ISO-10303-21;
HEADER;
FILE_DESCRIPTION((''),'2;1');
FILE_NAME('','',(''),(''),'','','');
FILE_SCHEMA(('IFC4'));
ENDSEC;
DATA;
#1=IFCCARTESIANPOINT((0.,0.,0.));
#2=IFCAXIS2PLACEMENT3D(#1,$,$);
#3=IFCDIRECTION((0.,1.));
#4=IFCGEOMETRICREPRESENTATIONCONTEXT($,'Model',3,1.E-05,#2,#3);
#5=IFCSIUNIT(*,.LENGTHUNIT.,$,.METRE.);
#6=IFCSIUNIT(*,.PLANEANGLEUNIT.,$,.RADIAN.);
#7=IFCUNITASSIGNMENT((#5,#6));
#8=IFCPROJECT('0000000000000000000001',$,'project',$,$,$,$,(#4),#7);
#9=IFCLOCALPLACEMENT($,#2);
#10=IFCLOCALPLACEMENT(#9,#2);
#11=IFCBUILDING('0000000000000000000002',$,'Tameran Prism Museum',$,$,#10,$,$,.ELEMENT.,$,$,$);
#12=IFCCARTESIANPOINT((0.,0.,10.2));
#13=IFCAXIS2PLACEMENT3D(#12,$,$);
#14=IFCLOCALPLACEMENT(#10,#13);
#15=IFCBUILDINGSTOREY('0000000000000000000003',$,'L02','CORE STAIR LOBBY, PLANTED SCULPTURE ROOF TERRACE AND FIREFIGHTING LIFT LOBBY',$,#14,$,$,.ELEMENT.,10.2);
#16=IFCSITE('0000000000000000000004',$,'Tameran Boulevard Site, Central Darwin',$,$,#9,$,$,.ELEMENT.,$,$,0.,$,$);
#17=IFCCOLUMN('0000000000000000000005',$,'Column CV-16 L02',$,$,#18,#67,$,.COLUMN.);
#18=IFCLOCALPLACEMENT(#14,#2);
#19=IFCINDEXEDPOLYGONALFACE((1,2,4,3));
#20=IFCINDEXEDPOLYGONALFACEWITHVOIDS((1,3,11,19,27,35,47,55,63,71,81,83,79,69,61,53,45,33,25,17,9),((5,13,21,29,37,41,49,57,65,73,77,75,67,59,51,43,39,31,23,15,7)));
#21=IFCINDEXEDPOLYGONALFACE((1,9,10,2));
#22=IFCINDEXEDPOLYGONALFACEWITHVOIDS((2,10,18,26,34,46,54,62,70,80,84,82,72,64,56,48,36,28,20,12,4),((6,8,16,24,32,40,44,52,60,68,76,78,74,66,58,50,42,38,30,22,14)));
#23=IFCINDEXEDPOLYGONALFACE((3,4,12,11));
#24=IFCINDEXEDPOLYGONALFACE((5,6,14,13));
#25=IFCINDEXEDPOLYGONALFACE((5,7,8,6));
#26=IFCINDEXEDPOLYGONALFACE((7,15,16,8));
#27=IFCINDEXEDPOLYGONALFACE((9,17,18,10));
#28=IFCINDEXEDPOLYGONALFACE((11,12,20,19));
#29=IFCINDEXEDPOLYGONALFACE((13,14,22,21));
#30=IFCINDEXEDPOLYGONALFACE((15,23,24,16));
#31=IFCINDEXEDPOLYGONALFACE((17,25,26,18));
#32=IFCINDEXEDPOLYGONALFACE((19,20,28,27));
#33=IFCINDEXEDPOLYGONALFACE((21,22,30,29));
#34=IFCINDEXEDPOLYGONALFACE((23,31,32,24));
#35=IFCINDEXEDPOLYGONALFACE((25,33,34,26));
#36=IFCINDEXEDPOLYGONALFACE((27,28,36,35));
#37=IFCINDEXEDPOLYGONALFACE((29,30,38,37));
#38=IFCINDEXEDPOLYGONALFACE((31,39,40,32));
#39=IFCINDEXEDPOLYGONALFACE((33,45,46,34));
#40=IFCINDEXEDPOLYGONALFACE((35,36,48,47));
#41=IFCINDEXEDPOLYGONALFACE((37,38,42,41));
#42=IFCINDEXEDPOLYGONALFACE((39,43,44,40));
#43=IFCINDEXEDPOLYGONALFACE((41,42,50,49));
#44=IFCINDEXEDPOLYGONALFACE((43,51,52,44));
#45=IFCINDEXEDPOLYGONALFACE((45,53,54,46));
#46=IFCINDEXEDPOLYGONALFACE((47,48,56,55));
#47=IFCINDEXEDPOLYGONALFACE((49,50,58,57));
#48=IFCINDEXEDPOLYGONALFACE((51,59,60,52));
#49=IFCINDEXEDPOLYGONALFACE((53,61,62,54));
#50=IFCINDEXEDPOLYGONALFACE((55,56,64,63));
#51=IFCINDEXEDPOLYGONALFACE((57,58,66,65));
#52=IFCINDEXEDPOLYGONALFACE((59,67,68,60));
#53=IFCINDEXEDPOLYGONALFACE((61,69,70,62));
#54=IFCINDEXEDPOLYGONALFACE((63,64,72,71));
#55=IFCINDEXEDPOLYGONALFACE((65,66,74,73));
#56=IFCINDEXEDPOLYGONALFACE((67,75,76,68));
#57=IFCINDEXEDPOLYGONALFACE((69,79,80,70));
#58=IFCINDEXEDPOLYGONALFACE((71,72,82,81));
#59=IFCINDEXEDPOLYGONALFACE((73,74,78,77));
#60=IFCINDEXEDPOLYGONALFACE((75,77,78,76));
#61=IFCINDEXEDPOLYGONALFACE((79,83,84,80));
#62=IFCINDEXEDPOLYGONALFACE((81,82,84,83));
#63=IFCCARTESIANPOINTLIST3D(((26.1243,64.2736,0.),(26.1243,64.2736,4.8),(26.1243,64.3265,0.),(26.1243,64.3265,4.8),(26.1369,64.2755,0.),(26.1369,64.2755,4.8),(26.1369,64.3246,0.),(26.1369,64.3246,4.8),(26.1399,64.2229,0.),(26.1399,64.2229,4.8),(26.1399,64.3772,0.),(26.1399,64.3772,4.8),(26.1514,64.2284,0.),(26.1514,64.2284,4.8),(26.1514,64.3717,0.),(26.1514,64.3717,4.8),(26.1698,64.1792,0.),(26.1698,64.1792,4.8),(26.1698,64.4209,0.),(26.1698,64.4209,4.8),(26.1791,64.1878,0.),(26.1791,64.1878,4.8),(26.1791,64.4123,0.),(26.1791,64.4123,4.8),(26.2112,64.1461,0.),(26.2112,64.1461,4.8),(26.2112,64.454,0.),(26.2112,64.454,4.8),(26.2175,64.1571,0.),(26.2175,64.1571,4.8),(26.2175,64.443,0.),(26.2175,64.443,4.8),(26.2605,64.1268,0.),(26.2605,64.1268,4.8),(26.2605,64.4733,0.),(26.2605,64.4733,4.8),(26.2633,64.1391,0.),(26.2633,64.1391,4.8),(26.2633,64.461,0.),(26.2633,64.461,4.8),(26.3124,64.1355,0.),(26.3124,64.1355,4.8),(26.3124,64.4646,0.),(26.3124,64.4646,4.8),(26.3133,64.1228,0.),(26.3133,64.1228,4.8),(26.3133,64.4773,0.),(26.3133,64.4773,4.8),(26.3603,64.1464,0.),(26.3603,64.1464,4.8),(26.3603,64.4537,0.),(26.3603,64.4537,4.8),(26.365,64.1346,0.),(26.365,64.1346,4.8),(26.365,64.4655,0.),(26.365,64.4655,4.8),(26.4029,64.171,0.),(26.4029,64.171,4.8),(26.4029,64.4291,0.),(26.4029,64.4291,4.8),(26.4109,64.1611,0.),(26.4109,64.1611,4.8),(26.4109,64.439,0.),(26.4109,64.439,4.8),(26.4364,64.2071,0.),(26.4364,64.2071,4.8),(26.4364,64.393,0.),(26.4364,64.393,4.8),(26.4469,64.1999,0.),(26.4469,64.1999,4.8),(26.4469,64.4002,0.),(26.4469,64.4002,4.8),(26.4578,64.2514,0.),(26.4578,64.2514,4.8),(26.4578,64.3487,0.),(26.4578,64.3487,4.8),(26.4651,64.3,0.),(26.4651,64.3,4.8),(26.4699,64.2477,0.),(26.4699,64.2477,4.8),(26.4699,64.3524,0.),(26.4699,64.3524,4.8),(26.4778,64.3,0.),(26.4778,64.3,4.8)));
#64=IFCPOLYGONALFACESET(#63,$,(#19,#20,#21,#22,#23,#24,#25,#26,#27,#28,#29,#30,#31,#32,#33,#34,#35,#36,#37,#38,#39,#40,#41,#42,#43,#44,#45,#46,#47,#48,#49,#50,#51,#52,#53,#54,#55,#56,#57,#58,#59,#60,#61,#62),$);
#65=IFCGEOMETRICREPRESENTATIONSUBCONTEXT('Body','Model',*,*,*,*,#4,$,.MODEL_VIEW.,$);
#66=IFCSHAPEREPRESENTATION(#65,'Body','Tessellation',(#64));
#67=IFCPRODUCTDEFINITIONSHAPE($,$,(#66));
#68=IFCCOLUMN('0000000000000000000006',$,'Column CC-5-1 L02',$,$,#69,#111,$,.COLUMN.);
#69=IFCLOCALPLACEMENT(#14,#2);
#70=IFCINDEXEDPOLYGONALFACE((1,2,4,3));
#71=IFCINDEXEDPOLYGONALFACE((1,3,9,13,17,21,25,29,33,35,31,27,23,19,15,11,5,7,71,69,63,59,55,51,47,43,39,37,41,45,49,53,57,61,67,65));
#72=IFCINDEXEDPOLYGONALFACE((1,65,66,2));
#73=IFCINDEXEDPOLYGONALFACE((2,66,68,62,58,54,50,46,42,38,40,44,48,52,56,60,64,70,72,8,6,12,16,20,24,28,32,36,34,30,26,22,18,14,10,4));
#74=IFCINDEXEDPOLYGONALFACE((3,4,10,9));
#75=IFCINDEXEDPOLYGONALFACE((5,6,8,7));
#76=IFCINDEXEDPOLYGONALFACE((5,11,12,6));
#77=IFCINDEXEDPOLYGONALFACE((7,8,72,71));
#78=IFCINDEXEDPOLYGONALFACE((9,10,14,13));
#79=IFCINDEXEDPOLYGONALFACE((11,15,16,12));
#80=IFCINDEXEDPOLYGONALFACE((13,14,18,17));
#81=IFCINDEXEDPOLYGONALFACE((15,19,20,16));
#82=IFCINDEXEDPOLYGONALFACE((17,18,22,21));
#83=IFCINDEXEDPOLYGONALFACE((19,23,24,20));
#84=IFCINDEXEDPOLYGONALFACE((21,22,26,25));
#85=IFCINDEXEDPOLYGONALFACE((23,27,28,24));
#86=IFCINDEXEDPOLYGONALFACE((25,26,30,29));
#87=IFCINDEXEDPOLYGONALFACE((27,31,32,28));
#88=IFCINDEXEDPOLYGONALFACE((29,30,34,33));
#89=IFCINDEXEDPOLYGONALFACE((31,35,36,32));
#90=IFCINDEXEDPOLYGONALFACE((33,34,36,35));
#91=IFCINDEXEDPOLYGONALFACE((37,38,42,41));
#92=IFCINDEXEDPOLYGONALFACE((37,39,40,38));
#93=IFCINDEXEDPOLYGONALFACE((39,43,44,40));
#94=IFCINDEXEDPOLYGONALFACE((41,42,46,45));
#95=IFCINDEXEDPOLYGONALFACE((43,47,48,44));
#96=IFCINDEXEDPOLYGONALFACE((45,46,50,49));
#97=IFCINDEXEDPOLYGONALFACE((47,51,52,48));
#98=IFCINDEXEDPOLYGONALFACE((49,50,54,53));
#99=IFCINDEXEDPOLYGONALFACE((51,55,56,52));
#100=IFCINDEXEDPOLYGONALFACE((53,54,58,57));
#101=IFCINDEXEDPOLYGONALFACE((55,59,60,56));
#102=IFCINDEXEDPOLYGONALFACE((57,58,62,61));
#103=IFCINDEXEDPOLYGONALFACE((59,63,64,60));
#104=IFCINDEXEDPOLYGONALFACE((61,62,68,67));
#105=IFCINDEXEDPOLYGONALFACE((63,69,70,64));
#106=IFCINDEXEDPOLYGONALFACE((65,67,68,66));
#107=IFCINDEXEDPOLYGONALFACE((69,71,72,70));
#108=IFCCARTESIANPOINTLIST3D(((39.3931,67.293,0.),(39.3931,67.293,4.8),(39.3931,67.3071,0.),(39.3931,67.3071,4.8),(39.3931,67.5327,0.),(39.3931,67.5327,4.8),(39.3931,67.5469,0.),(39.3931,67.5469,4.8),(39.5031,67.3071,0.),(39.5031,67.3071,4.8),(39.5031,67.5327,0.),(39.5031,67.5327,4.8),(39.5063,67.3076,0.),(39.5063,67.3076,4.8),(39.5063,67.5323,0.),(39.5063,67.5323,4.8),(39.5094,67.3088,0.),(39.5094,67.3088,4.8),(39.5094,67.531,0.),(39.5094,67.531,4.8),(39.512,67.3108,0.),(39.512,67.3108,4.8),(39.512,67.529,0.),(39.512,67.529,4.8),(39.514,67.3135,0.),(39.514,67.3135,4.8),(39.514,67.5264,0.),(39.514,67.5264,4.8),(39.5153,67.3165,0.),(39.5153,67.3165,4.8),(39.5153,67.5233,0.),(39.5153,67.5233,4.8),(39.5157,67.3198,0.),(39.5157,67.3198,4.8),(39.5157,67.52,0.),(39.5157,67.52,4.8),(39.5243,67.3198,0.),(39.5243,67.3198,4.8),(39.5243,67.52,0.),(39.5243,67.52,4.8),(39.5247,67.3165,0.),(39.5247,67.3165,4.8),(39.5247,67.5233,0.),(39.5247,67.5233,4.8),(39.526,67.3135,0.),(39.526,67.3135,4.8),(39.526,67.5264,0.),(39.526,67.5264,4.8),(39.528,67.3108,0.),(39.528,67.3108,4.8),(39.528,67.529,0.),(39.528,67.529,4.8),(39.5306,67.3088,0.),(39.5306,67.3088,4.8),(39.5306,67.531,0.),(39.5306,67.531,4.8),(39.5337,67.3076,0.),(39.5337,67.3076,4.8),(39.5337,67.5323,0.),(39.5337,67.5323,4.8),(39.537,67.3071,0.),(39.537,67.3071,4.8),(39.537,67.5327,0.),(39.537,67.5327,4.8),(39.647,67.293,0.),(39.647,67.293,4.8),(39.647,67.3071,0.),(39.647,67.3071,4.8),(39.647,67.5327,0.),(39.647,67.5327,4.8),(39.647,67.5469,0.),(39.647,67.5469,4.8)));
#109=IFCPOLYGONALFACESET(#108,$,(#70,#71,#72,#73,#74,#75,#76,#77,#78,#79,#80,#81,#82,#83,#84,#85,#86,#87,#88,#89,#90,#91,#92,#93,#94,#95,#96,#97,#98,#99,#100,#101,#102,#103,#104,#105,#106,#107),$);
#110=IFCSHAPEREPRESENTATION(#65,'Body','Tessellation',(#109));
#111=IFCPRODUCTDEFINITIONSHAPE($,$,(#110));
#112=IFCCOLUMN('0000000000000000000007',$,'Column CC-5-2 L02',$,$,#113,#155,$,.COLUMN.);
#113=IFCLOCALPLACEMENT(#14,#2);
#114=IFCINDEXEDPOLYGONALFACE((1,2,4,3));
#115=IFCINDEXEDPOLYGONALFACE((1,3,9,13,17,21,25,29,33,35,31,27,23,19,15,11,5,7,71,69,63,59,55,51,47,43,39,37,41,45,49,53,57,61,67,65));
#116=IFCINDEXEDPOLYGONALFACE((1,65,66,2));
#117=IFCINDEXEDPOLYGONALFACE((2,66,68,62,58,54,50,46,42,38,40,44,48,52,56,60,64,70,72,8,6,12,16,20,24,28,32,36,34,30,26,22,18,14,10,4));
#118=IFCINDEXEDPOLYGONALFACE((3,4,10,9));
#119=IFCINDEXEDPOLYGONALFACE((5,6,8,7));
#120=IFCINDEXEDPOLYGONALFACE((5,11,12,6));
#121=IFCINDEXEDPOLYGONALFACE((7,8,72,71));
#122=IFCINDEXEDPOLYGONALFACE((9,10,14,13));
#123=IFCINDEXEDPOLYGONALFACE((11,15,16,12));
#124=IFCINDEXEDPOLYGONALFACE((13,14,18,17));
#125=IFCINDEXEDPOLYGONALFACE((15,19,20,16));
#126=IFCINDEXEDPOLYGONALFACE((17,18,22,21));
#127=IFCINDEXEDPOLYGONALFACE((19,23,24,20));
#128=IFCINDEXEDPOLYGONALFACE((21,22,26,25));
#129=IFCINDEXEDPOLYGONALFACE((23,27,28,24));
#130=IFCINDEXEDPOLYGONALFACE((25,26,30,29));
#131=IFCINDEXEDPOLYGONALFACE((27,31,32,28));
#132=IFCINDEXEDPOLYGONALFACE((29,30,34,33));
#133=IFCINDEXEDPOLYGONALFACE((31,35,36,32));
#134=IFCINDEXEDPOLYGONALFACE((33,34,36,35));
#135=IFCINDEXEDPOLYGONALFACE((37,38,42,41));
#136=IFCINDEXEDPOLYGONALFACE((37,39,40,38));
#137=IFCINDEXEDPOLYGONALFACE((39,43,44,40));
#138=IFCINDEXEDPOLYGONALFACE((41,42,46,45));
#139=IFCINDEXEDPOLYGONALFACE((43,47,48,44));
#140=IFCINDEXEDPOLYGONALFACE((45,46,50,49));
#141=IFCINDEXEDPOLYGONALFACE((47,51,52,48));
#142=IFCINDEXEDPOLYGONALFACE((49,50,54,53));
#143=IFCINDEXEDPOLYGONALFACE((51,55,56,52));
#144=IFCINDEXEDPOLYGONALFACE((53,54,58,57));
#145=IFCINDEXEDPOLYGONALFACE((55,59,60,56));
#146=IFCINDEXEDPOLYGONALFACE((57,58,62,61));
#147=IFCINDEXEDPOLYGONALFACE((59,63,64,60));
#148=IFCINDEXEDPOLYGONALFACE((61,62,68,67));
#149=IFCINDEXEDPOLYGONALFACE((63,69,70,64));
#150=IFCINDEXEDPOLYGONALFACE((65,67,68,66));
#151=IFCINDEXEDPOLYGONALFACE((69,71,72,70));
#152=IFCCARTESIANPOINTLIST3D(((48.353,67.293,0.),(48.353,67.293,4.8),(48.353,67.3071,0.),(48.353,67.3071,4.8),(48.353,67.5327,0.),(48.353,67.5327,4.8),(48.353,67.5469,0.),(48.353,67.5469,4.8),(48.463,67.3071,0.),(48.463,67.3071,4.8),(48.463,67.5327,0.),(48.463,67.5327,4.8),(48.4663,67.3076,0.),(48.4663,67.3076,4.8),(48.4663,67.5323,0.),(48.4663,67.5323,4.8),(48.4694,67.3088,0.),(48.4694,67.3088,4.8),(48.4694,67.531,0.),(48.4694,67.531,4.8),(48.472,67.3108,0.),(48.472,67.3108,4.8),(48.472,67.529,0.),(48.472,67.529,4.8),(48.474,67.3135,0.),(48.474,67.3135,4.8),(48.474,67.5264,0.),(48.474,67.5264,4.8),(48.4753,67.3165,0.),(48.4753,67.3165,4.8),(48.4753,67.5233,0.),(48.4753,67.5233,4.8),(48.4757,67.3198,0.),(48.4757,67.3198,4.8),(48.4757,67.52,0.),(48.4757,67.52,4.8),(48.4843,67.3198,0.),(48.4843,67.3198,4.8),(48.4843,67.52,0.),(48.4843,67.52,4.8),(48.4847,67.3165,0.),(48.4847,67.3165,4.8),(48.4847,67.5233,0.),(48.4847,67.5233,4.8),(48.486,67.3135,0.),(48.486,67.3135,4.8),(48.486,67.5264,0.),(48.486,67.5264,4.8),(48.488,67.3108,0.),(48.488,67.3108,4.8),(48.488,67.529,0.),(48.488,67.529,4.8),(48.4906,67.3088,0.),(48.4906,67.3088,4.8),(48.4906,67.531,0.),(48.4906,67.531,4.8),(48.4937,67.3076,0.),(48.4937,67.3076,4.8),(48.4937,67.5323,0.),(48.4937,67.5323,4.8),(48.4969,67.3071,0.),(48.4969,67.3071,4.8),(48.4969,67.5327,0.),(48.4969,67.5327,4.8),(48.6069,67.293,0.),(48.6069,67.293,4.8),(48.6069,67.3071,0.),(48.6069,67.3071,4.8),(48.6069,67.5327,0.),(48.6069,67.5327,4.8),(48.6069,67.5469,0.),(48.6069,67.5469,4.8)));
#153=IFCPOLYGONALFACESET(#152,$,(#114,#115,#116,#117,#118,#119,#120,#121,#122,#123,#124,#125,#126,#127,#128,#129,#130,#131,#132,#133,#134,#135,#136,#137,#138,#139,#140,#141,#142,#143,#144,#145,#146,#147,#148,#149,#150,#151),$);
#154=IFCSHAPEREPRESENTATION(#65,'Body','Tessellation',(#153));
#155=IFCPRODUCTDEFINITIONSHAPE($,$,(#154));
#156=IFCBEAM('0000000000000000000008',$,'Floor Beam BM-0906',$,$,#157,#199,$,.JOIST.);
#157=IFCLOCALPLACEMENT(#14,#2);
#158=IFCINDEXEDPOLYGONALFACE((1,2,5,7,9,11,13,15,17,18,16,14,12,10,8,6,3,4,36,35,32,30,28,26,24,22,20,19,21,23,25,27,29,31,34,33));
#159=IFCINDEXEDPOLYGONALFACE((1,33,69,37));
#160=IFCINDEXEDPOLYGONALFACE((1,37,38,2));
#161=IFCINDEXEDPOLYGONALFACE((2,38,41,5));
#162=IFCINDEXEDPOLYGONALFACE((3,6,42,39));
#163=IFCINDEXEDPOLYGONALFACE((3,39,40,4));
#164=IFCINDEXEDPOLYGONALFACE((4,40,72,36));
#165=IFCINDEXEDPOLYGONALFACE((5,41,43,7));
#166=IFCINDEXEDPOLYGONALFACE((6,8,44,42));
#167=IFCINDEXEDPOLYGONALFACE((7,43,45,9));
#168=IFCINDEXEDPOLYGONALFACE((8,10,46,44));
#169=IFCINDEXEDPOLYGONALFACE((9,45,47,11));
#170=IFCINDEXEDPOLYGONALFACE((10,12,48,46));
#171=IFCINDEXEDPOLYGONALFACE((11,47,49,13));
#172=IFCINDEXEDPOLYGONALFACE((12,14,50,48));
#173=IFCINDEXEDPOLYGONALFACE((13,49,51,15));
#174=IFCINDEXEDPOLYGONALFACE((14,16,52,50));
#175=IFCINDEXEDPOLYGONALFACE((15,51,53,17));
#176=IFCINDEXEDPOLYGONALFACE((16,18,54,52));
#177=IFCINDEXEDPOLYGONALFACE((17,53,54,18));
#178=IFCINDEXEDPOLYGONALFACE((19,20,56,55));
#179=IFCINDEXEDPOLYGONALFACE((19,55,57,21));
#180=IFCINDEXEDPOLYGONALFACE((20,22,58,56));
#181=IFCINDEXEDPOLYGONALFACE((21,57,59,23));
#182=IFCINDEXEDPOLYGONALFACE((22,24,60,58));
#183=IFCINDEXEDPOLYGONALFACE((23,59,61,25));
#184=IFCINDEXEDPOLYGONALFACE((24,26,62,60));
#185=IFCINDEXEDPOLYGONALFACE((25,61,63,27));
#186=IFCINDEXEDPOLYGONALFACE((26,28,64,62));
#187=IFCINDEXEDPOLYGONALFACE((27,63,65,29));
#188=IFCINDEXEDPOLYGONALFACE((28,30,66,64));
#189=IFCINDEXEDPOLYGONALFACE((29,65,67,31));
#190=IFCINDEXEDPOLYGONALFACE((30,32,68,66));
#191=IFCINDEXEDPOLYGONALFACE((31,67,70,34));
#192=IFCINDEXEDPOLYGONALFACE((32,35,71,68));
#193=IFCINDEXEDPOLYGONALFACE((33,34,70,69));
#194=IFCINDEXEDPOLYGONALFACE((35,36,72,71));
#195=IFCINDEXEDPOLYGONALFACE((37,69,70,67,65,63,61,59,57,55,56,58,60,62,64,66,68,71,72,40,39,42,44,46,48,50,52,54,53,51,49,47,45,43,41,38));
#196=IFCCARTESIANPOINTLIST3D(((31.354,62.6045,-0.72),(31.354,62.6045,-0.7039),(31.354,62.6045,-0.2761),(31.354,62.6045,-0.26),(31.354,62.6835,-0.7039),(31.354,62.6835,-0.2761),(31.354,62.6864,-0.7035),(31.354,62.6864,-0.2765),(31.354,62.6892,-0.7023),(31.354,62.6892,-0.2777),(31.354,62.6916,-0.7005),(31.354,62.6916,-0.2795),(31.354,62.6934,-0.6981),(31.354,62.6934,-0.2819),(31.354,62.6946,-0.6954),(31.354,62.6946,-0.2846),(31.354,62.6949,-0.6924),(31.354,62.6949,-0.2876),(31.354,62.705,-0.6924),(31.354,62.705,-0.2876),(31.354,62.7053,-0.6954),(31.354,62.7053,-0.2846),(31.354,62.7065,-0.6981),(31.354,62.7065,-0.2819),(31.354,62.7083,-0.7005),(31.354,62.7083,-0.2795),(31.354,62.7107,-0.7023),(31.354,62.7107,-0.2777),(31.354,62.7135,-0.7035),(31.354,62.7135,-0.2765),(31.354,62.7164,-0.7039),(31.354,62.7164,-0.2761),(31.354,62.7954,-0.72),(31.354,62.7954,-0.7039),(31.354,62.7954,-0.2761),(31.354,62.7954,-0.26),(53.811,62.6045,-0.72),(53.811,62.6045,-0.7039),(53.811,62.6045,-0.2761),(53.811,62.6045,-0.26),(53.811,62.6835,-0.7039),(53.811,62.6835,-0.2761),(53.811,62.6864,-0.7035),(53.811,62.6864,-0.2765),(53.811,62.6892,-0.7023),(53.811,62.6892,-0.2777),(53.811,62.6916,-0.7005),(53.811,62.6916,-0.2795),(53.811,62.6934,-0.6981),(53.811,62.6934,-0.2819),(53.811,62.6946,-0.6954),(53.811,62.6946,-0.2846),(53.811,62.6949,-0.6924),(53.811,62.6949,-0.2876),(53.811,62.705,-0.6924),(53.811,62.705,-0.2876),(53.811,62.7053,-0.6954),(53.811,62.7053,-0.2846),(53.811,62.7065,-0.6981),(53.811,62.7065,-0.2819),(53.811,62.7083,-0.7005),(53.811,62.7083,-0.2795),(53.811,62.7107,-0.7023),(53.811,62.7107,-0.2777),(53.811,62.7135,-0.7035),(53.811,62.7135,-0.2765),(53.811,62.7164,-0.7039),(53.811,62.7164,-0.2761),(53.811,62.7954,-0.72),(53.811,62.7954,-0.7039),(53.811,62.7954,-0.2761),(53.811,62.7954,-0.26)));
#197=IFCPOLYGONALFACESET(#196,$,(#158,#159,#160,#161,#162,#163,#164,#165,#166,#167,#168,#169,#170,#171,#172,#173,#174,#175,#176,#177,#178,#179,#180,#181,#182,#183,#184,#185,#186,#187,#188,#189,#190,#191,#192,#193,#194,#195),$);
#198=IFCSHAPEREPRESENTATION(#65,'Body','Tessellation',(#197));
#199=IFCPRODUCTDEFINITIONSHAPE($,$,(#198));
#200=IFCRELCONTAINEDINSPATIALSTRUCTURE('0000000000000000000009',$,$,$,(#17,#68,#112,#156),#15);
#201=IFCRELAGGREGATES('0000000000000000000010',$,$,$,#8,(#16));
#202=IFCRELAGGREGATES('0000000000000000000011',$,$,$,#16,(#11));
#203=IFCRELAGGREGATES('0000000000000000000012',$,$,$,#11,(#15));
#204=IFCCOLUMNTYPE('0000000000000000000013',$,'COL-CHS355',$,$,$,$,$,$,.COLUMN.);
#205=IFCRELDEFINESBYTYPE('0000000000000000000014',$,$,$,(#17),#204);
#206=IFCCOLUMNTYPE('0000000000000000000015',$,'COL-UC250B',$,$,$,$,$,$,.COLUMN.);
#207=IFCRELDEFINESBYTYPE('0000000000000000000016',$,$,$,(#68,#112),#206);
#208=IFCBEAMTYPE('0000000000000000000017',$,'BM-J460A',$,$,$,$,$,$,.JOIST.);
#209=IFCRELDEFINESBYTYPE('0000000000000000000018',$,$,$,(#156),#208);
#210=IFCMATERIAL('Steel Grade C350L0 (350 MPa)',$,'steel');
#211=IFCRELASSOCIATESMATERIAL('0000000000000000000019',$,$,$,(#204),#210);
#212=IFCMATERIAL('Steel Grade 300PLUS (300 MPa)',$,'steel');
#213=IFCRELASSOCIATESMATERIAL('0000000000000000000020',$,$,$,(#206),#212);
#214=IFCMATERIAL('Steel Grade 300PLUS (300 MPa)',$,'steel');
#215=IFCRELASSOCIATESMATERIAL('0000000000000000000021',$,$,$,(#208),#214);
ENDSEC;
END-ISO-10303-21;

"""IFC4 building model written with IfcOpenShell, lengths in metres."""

from ifc_helpers import new_model, si_unit, direction, frame, origin, origin_2d, place, context, subcontext, project, spatial, hollow_circle, i_section, extrude, material, material_profile, profile_set, type_object, element, save


model = new_model("IFC4")

# Units and contexts
model_context = context("Model", 3, precision=1e-05, world=origin(), true_north=direction((0.0, 1.0)))
body_context = subcontext(model_context, "Body", "Model", "MODEL_VIEW")
ifc_project = project(units=[si_unit("LENGTHUNIT", "METRE"), si_unit("PLANEANGLEUNIT", "RADIAN")], contexts=[model_context])

# Site, building, storey
site_placement = place(None, origin())
site = spatial("IfcSite", under=ifc_project, at=site_placement, Name="Tameran Boulevard Site, Central Darwin", CompositionType="ELEMENT", RefElevation=0.0)
building_placement = place(site_placement, origin())
building = spatial("IfcBuilding", under=site, at=building_placement, Name="Tameran Prism Museum", CompositionType="ELEMENT")
storey_placement = place(building_placement, frame((0.0, 0.0, 10.2)))
storey = spatial("IfcBuildingStorey", under=building, at=storey_placement, Name="L02", Description="CORE STAIR LOBBY, PLANTED SCULPTURE ROOF TERRACE AND FIREFIGHTING LIFT LOBBY", CompositionType="ELEMENT", Elevation=10.2)

# Columns
ifc_material_1 = material(Name="Steel Grade C350L0 (350 MPa)", Category="steel")
ifc_material_profile_1 = material_profile(ifc_material_1, hollow_circle(Radius=0.1777, WallThickness=0.0127, at=origin_2d()))
ifc_profile_set_1 = profile_set([ifc_material_profile_1])
column_type_1 = type_object("IfcColumnType", Name="COL-CHS355", PredefinedType="COLUMN", material=ifc_profile_set_1)
column_placement = place(storey_placement, frame((26.3, 64.3, 0.0), z_axis=(0.0, 0.0, 1.0), x_axis=(1.0, 0.0, 0.0)))
element("IfcColumn", 1, at=column_placement, inside=storey, type_object=column_type_1, Name="Column CV-16 L02", PredefinedType="COLUMN", context=body_context, shape_type="SweptSolid", body=[
    extrude(hollow_circle(Radius=0.1777, WallThickness=0.0127, at=origin_2d()), origin(), (0.0, 0.0, 1.0), 4.8),
])
ifc_material_2 = material(Name="Steel Grade 300PLUS (300 MPa)", Category="steel")
ifc_material_profile_2 = material_profile(ifc_material_2, i_section(OverallWidth=0.2539, OverallDepth=0.2539, WebThickness=0.0085, FlangeThickness=0.0142, FilletRadius=0.0127, at=origin_2d()))
ifc_profile_set_2 = profile_set([ifc_material_profile_2])
column_type_2 = type_object("IfcColumnType", Name="COL-UC250B", PredefinedType="COLUMN", material=ifc_profile_set_2)
for number, where, z_axis, x_axis, name in (
    (2, (39.52, 67.4199, 0.0), (0.0, 0.0, 1.0), (1.0, 0.0, 0.0), "Column CC-5-1 L02"),
    (3, (48.48, 67.4199, 0.0), (0.0, 0.0, 1.0), (1.0, 0.0, 0.0), "Column CC-5-2 L02"),
):
    element("IfcColumn", number, at=place(storey_placement, frame(where, z_axis=z_axis, x_axis=x_axis)), inside=storey, type_object=column_type_2, Name=name, PredefinedType="COLUMN", context=body_context, shape_type="SweptSolid", body=[
        extrude(i_section(OverallWidth=0.2539, OverallDepth=0.2539, WebThickness=0.0085, FlangeThickness=0.0142, FilletRadius=0.0127, at=origin_2d()), origin(), (0.0, 0.0, 1.0), 4.8),
    ])

# Beam
ifc_material_3 = material(Name="Steel Grade 300PLUS (300 MPa)", Category="steel")
ifc_material_profile_3 = material_profile(ifc_material_3, i_section(OverallWidth=0.1909, OverallDepth=0.46, WebThickness=0.01, FlangeThickness=0.0161, FilletRadius=0.0115, at=origin_2d()))
ifc_profile_set_3 = profile_set([ifc_material_profile_3])
beam_type_1 = type_object("IfcBeamType", Name="BM-J460A", PredefinedType="JOIST", material=ifc_profile_set_3)
beam_1_placement = place(storey_placement, frame((31.354, 62.7, -0.49), z_axis=(1.0, 0.0, 0.0), x_axis=(0.0, 1.0, 0.0)))
element("IfcBeam", 4, at=beam_1_placement, inside=storey, type_object=beam_type_1, Name="Floor Beam BM-0906", PredefinedType="JOIST", context=body_context, shape_type="SweptSolid", body=[
    extrude(i_section(OverallWidth=0.1909, OverallDepth=0.46, WebThickness=0.01, FlangeThickness=0.0161, FilletRadius=0.0115, at=origin_2d()), origin(), (0.0, 0.0, 1.0), 22.457),
])

save(model, "model.ifc")
